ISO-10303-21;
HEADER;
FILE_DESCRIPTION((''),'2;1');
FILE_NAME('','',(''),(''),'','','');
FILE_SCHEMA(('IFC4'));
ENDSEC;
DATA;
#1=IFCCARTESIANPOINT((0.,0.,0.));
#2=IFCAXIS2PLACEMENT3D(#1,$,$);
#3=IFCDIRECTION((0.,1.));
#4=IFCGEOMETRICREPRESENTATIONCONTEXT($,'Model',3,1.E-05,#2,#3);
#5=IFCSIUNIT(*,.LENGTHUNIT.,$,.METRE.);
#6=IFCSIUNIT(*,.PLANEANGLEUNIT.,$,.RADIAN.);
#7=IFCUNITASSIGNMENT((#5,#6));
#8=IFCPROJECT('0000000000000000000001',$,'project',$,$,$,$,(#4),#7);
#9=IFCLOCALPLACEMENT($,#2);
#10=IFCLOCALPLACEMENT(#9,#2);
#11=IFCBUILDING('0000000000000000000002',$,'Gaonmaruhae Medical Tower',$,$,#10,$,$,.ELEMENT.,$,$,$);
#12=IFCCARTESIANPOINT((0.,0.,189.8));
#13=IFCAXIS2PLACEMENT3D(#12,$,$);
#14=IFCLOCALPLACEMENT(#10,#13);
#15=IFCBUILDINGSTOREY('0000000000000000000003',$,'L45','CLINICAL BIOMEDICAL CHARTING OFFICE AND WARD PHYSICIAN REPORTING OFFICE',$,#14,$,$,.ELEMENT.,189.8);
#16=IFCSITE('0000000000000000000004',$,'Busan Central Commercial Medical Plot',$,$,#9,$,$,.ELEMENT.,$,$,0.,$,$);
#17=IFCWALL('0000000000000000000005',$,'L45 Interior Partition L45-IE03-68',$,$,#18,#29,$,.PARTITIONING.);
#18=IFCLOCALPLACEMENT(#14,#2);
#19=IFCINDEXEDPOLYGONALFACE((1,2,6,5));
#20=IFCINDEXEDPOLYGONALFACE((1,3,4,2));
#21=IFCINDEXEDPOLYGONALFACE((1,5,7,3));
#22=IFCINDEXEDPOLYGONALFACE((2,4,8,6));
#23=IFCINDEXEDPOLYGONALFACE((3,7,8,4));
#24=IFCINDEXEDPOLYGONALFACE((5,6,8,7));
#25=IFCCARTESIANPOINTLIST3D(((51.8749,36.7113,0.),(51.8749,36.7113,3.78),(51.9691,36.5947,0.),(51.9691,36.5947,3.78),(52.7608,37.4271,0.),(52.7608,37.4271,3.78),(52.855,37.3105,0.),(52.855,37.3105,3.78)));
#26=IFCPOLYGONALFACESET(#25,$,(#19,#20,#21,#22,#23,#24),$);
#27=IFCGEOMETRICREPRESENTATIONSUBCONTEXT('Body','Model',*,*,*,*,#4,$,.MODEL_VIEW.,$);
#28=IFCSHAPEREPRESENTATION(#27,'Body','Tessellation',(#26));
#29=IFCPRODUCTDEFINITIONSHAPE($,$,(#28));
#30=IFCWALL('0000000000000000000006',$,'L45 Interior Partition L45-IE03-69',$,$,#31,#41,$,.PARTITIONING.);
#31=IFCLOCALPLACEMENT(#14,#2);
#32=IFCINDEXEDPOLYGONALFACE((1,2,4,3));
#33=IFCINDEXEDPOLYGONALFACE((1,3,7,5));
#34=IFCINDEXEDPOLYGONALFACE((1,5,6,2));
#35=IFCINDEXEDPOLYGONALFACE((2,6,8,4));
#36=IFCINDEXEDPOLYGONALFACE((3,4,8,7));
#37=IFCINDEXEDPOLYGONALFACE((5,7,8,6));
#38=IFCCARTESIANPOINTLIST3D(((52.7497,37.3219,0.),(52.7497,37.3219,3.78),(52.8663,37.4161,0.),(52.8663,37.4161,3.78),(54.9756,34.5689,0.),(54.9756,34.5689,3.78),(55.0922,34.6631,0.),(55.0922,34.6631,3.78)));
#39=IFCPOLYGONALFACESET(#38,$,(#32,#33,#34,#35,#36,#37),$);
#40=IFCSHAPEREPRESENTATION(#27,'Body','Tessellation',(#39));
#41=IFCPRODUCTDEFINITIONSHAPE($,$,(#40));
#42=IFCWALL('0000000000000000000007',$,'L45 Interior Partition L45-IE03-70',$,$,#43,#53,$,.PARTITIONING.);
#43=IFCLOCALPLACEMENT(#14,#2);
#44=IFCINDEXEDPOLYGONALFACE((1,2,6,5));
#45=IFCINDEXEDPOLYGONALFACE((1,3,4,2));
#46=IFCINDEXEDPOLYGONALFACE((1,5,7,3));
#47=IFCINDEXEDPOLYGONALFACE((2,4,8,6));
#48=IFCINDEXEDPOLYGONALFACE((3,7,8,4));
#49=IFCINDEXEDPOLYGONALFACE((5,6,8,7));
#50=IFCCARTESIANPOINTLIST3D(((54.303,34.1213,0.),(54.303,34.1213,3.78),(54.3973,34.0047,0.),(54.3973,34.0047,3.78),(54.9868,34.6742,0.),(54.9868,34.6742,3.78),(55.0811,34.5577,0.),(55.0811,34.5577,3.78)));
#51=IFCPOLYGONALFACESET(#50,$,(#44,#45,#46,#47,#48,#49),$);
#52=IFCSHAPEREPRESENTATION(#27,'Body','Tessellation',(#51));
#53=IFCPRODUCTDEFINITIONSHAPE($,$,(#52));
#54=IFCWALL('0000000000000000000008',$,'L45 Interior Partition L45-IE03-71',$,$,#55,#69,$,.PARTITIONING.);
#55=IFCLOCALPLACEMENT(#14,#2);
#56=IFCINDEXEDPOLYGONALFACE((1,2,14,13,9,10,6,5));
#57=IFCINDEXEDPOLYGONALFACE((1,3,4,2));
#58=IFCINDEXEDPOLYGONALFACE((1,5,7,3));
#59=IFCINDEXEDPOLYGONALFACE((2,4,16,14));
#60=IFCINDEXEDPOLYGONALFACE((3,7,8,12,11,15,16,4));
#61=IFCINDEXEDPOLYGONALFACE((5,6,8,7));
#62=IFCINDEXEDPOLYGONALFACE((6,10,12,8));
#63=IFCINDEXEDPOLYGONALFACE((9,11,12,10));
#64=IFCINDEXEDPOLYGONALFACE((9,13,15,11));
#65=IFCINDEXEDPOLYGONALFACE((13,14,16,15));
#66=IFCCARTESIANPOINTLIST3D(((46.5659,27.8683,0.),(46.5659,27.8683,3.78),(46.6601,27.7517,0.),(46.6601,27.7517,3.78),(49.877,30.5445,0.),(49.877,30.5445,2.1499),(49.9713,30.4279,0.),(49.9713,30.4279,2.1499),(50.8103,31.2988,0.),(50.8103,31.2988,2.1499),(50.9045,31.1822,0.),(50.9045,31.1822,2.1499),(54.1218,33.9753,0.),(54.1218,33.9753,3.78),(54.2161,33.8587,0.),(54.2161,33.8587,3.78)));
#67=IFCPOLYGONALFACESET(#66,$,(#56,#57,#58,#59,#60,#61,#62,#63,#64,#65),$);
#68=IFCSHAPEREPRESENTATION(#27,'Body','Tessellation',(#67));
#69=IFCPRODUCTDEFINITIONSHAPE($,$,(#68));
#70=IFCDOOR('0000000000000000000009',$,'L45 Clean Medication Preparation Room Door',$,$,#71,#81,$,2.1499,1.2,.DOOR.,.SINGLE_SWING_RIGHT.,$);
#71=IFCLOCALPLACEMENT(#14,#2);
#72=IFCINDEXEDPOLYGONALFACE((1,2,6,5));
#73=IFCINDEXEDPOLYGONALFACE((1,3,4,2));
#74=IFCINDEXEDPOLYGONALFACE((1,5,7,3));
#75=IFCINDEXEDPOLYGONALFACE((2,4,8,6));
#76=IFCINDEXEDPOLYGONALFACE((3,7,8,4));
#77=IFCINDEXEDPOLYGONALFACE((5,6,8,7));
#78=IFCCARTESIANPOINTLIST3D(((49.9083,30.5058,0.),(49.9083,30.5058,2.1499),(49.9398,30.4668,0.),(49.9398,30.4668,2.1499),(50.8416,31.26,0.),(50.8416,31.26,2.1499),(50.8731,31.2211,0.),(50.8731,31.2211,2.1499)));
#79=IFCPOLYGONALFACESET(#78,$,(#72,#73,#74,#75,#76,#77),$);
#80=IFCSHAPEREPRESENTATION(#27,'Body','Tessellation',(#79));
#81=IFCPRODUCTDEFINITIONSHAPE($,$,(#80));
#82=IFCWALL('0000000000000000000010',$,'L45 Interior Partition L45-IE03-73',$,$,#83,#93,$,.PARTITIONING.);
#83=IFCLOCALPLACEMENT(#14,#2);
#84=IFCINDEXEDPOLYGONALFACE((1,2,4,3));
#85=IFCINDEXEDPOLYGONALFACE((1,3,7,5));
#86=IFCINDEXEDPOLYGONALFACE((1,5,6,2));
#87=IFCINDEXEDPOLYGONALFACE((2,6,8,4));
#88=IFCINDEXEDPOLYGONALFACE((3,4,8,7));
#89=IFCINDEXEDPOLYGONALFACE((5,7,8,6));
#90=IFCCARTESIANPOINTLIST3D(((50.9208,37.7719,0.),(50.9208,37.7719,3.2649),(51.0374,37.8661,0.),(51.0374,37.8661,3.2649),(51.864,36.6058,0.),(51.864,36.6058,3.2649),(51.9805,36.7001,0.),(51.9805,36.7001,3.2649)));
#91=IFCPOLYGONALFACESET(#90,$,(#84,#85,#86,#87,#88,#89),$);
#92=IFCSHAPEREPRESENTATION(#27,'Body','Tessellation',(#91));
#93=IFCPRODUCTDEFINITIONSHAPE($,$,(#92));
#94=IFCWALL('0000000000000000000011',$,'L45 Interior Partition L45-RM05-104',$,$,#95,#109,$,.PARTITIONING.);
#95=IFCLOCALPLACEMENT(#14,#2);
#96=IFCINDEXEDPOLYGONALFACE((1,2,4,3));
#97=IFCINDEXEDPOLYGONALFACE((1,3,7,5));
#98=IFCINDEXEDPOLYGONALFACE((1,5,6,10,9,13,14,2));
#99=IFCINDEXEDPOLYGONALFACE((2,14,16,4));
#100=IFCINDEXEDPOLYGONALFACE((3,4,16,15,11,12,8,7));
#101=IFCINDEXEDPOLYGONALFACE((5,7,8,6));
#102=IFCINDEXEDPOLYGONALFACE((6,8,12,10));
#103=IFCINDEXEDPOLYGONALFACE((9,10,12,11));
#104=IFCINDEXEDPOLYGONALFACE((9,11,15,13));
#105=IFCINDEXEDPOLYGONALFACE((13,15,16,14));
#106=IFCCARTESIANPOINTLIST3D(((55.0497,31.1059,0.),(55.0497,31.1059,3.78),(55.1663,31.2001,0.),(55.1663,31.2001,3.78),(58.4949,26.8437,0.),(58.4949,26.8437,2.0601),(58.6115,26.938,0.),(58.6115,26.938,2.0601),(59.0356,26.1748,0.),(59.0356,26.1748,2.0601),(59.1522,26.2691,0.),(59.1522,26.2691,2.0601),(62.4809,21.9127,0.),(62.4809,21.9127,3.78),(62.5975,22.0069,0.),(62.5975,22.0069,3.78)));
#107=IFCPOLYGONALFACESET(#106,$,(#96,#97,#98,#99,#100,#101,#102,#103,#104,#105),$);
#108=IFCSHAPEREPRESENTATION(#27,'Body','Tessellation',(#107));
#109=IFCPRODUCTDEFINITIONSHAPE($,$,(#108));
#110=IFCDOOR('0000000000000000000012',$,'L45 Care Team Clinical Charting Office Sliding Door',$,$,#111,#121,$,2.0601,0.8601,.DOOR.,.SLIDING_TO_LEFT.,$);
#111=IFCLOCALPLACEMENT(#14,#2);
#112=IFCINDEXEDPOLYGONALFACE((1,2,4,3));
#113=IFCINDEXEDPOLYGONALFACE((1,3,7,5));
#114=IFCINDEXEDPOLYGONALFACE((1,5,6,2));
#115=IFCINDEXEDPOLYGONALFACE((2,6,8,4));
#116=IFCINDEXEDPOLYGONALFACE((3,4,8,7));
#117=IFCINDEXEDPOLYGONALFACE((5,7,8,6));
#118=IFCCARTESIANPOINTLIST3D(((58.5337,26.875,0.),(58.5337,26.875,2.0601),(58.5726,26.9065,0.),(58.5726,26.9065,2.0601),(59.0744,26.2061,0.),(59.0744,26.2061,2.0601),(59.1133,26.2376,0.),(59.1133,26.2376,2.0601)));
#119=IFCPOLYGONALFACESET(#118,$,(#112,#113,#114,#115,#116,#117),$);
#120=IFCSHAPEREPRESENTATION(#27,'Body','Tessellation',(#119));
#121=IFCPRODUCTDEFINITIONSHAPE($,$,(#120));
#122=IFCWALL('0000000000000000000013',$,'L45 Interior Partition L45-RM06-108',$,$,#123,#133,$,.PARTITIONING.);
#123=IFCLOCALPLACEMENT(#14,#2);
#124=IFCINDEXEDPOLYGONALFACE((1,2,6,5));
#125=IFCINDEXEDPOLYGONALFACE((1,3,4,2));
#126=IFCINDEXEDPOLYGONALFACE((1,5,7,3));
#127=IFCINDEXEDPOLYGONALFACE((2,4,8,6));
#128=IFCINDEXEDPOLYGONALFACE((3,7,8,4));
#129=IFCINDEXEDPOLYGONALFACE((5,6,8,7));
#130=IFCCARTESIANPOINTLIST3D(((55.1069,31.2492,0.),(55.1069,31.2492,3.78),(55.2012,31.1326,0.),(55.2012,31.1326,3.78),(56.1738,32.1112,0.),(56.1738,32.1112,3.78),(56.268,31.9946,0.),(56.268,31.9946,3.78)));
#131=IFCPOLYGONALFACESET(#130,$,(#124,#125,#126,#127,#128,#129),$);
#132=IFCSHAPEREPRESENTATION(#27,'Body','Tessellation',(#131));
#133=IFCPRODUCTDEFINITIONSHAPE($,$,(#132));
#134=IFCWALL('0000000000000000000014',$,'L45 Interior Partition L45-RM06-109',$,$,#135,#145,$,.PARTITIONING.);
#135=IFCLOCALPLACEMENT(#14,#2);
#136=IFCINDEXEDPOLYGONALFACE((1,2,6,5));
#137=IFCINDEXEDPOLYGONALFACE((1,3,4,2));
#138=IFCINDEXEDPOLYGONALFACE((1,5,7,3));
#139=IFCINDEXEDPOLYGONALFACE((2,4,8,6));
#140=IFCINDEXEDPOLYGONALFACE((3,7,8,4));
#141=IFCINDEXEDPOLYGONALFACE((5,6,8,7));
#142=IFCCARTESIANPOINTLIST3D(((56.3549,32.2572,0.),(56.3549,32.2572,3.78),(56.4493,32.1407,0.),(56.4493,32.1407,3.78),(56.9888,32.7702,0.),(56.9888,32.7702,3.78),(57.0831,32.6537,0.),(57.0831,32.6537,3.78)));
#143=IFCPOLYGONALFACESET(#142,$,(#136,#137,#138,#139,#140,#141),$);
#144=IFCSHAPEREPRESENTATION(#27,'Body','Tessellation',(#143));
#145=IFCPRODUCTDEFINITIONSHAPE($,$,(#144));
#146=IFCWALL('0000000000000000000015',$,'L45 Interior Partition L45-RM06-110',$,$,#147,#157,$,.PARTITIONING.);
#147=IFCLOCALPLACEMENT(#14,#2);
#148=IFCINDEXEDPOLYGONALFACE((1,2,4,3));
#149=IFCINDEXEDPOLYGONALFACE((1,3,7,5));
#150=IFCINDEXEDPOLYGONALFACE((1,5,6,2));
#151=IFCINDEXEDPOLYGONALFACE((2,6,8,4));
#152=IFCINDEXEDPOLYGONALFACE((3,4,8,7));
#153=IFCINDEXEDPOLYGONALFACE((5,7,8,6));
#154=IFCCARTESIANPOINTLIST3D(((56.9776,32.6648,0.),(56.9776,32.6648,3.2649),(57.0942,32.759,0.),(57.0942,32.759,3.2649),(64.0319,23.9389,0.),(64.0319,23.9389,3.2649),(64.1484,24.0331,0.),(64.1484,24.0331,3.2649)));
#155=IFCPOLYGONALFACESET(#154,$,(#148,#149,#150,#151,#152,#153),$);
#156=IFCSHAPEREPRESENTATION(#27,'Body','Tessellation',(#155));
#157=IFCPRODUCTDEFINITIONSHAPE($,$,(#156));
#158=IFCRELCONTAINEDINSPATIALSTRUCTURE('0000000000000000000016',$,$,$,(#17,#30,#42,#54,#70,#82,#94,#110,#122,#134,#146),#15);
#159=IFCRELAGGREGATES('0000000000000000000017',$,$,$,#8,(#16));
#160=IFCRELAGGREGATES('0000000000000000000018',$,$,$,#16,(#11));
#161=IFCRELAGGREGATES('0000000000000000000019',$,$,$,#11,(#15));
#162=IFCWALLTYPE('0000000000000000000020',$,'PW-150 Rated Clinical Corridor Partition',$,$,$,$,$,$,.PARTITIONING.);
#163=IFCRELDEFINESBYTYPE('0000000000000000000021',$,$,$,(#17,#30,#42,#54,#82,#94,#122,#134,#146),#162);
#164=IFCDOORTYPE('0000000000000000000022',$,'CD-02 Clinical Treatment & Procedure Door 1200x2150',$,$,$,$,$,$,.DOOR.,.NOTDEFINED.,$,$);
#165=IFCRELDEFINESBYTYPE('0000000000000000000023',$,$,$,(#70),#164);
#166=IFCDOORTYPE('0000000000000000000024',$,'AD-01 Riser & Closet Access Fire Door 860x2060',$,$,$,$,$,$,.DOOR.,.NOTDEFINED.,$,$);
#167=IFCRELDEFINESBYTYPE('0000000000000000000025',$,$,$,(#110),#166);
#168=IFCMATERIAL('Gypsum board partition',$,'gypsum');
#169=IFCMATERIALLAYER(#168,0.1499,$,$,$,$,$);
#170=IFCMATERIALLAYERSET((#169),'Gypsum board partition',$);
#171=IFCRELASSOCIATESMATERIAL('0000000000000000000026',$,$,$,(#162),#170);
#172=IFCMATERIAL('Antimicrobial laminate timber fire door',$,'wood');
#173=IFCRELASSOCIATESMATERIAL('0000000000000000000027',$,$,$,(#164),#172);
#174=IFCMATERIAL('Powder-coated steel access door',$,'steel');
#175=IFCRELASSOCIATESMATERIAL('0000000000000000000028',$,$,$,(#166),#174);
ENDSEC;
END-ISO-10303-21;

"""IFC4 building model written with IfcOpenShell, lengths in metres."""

from ifc_helpers import new_model, si_unit, direction, frame, frame_2d, origin, place, context, subcontext, project, spatial, rectangle, extrude, material, layer, layer_set, type_object, element, fill, save


model = new_model("IFC4")

# Units and contexts
model_context = context("Model", 3, precision=1e-05, world=origin(), true_north=direction((0.0, 1.0)))
body_context = subcontext(model_context, "Body", "Model", "MODEL_VIEW")
ifc_project = project(units=[si_unit("LENGTHUNIT", "METRE"), si_unit("PLANEANGLEUNIT", "RADIAN")], contexts=[model_context])

# Site, building, storey
site_placement = place(None, origin())
site = spatial("IfcSite", under=ifc_project, at=site_placement, Name="Busan Central Commercial Medical Plot", CompositionType="ELEMENT", RefElevation=0.0)
building_placement = place(site_placement, origin())
building = spatial("IfcBuilding", under=site, at=building_placement, Name="Gaonmaruhae Medical Tower", CompositionType="ELEMENT")
storey_placement = place(building_placement, frame((0.0, 0.0, 189.8)))
storey = spatial("IfcBuildingStorey", under=building, at=storey_placement, Name="L45", Description="CLINICAL BIOMEDICAL CHARTING OFFICE AND WARD PHYSICIAN REPORTING OFFICE", CompositionType="ELEMENT", Elevation=189.8)

# Walls
ifc_material_1 = material(Name="Gypsum board partition", Category="gypsum")
ifc_layer_1 = layer(ifc_material_1, 0.1499)
ifc_layer_set_1 = layer_set([ifc_layer_1], Name="Gypsum board partition")
wall_type_1 = type_object("IfcWallType", Name="PW-150 Rated Clinical Corridor Partition", PredefinedType="PARTITIONING", material=ifc_layer_set_1)
wall_1_placement = place(storey_placement, frame((51.9221, 36.6531, 0.0), z_axis=(0.0, 0.0, 1.0), x_axis=(0.777848, 0.628452, 0.0)))
element("IfcWall", 1, at=wall_1_placement, inside=storey, type_object=wall_type_1, Name="L45 Interior Partition L45-IE03-68", PredefinedType="PARTITIONING", context=body_context, shape_type="SweptSolid", body=[
    extrude(rectangle(XDim=1.1389, YDim=0.1499, at=frame_2d((0.5693, 0.0))), origin(), (0.0, 0.0, 1.0), 3.78),
])
wall_2_placement = place(storey_placement, frame((52.8081, 37.3689, 0.0), z_axis=(0.0, 0.0, 1.0), x_axis=(0.628732, -0.777622, 0.0)))
element("IfcWall", 2, at=wall_2_placement, inside=storey, type_object=wall_type_1, Name="L45 Interior Partition L45-IE03-69", PredefinedType="PARTITIONING", context=body_context, shape_type="SweptSolid", body=[
    extrude(rectangle(XDim=3.5403, YDim=0.1499, at=frame_2d((1.77, 0.0))), origin(), (0.0, 0.0, 1.0), 3.78),
])
wall_3_placement = place(storey_placement, frame((55.0339, 34.616, 0.0), z_axis=(0.0, 0.0, 1.0), x_axis=(-0.777581, -0.628783, 0.0)))
element("IfcWall", 3, at=wall_3_placement, inside=storey, type_object=wall_type_1, Name="L45 Interior Partition L45-IE03-70", PredefinedType="PARTITIONING", context=body_context, shape_type="SweptSolid", body=[
    extrude(rectangle(XDim=0.8794, YDim=0.1499, at=frame_2d((0.4397, 0.0))), origin(), (0.0, 0.0, 1.0), 3.78),
])

# Wall, opening, door
wall_4_placement = place(storey_placement, frame((54.1689, 33.917, 0.0), z_axis=(0.0, 0.0, 1.0), x_axis=(-0.777736, -0.628592, 0.0)))
wall_4 = element("IfcWall", 4, at=wall_4_placement, inside=storey, type_object=wall_type_1, Name="L45 Interior Partition L45-IE03-71", PredefinedType="PARTITIONING", context=body_context, shape_type="SweptSolid", body=[
    extrude(rectangle(XDim=9.7153, YDim=0.1499, at=frame_2d((4.8577, 0.0))), origin(), (0.0, 0.0, 1.0), 3.78),
])
opening_1_placement = place(wall_4_placement, frame((4.2578, 0.0, 0.0)))
opening_1 = element("IfcOpeningElement", 5, at=opening_1_placement, cuts=wall_4, PredefinedType="OPENING", context=body_context, shape_type="SweptSolid", body=[
    extrude(rectangle(XDim=1.2, YDim=2.1499, at=frame_2d((0.6001, 1.075))), frame((0.0, 0.085, 0.0), z_axis=(0.0, -1.0, 0.0), x_axis=(1.0, 0.0, 0.0)), (0.0, 0.0, 1.0), 0.1699),
])
ifc_material_2 = material(Name="Antimicrobial laminate timber fire door", Category="wood")
door_type_1 = type_object("IfcDoorType", Name="CD-02 Clinical Treatment & Procedure Door 1200x2150", OperationType="NOTDEFINED", PredefinedType="DOOR", material=ifc_material_2)
door_1_placement = place(opening_1_placement, origin())
door_1 = element("IfcDoor", 6, at=door_1_placement, inside=storey, type_object=door_type_1, Name="L45 Clean Medication Preparation Room Door", OperationType="SINGLE_SWING_RIGHT", OverallHeight=2.1499, OverallWidth=1.2, PredefinedType="DOOR", context=body_context, shape_type="SweptSolid", body=[
    extrude(rectangle(XDim=1.2, YDim=2.1499, at=frame_2d((0.6001, 1.075))), frame((0.0, 0.0249, 0.0), z_axis=(0.0, -1.0, 0.0), x_axis=(1.0, 0.0, 0.0)), (0.0, 0.0, 1.0), 0.05),
])
fill(opening_1, door_1)

# Wall
wall_5_placement = place(storey_placement, frame((50.979, 37.8191, 0.0), z_axis=(0.0, 0.0, 1.0), x_axis=(0.628875, -0.777506, 0.0)))
element("IfcWall", 7, at=wall_5_placement, inside=storey, type_object=wall_type_1, Name="L45 Interior Partition L45-IE03-73", PredefinedType="PARTITIONING", context=body_context, shape_type="SweptSolid", body=[
    extrude(rectangle(XDim=1.4998, YDim=0.1499, at=frame_2d((0.75, 0.0))), origin(), (0.0, 0.0, 1.0), 3.2649),
])

# Wall, opening, door
wall_6_placement = place(storey_placement, frame((55.1079, 31.1531, 0.0), z_axis=(0.0, 0.0, 1.0), x_axis=(0.628641, -0.777695, 0.0)))
wall_6 = element("IfcWall", 8, at=wall_6_placement, inside=storey, type_object=wall_type_1, Name="L45 Interior Partition L45-RM05-104", PredefinedType="PARTITIONING", context=body_context, shape_type="SweptSolid", body=[
    extrude(rectangle(XDim=11.821, YDim=0.1499, at=frame_2d((5.9106, 0.0))), origin(), (0.0, 0.0, 1.0), 3.78),
])
opening_2_placement = place(wall_6_placement, frame((5.4805, 0.0, 0.0)))
opening_2 = element("IfcOpeningElement", 9, at=opening_2_placement, cuts=wall_6, PredefinedType="OPENING", context=body_context, shape_type="SweptSolid", body=[
    extrude(rectangle(XDim=0.8601, YDim=2.0601, at=frame_2d((0.4302, 1.03))), frame((0.0, 0.085, 0.0), z_axis=(0.0, -1.0, 0.0), x_axis=(1.0, 0.0, 0.0)), (0.0, 0.0, 1.0), 0.1699),
])
ifc_material_3 = material(Name="Powder-coated steel access door", Category="steel")
door_type_2 = type_object("IfcDoorType", Name="AD-01 Riser & Closet Access Fire Door 860x2060", OperationType="NOTDEFINED", PredefinedType="DOOR", material=ifc_material_3)
door_2_placement = place(opening_2_placement, origin())
door_2 = element("IfcDoor", 10, at=door_2_placement, inside=storey, type_object=door_type_2, Name="L45 Care Team Clinical Charting Office Sliding Door", OperationType="SLIDING_TO_LEFT", OverallHeight=2.0601, OverallWidth=0.8601, PredefinedType="DOOR", context=body_context, shape_type="SweptSolid", body=[
    extrude(rectangle(XDim=0.8601, YDim=2.0601, at=frame_2d((0.4302, 1.03))), frame((0.0, 0.0249, 0.0), z_axis=(0.0, -1.0, 0.0), x_axis=(1.0, 0.0, 0.0)), (0.0, 0.0, 1.0), 0.05),
])
fill(opening_2, door_2)

# Walls
wall_7_placement = place(storey_placement, frame((55.1541, 31.1909, 0.0), z_axis=(0.0, 0.0, 1.0), x_axis=(0.777821, 0.628486, 0.0)))
element("IfcWall", 11, at=wall_7_placement, inside=storey, type_object=wall_type_1, Name="L45 Interior Partition L45-RM06-108", PredefinedType="PARTITIONING", context=body_context, shape_type="SweptSolid", body=[
    extrude(rectangle(XDim=1.3716, YDim=0.1499, at=frame_2d((0.6858, 0.0))), origin(), (0.0, 0.0, 1.0), 3.78),
])
wall_8_placement = place(storey_placement, frame((56.4021, 32.199, 0.0), z_axis=(0.0, 0.0, 1.0), x_axis=(0.777322, 0.629103, 0.0)))
element("IfcWall", 12, at=wall_8_placement, inside=storey, type_object=wall_type_1, Name="L45 Interior Partition L45-RM06-109", PredefinedType="PARTITIONING", context=body_context, shape_type="SweptSolid", body=[
    extrude(rectangle(XDim=0.8154, YDim=0.1499, at=frame_2d((0.4077, 0.0))), origin(), (0.0, 0.0, 1.0), 3.78),
])
wall_9_placement = place(storey_placement, frame((57.0359, 32.7119, 0.0), z_axis=(0.0, 0.0, 1.0), x_axis=(0.628683, -0.777662, 0.0)))
element("IfcWall", 13, at=wall_9_placement, inside=storey, type_object=wall_type_1, Name="L45 Interior Partition L45-RM06-110", PredefinedType="PARTITIONING", context=body_context, shape_type="SweptSolid", body=[
    extrude(rectangle(XDim=11.2207, YDim=0.1499, at=frame_2d((5.6104, 0.0))), origin(), (0.0, 0.0, 1.0), 3.2649),
])

save(model, "model.ifc")
